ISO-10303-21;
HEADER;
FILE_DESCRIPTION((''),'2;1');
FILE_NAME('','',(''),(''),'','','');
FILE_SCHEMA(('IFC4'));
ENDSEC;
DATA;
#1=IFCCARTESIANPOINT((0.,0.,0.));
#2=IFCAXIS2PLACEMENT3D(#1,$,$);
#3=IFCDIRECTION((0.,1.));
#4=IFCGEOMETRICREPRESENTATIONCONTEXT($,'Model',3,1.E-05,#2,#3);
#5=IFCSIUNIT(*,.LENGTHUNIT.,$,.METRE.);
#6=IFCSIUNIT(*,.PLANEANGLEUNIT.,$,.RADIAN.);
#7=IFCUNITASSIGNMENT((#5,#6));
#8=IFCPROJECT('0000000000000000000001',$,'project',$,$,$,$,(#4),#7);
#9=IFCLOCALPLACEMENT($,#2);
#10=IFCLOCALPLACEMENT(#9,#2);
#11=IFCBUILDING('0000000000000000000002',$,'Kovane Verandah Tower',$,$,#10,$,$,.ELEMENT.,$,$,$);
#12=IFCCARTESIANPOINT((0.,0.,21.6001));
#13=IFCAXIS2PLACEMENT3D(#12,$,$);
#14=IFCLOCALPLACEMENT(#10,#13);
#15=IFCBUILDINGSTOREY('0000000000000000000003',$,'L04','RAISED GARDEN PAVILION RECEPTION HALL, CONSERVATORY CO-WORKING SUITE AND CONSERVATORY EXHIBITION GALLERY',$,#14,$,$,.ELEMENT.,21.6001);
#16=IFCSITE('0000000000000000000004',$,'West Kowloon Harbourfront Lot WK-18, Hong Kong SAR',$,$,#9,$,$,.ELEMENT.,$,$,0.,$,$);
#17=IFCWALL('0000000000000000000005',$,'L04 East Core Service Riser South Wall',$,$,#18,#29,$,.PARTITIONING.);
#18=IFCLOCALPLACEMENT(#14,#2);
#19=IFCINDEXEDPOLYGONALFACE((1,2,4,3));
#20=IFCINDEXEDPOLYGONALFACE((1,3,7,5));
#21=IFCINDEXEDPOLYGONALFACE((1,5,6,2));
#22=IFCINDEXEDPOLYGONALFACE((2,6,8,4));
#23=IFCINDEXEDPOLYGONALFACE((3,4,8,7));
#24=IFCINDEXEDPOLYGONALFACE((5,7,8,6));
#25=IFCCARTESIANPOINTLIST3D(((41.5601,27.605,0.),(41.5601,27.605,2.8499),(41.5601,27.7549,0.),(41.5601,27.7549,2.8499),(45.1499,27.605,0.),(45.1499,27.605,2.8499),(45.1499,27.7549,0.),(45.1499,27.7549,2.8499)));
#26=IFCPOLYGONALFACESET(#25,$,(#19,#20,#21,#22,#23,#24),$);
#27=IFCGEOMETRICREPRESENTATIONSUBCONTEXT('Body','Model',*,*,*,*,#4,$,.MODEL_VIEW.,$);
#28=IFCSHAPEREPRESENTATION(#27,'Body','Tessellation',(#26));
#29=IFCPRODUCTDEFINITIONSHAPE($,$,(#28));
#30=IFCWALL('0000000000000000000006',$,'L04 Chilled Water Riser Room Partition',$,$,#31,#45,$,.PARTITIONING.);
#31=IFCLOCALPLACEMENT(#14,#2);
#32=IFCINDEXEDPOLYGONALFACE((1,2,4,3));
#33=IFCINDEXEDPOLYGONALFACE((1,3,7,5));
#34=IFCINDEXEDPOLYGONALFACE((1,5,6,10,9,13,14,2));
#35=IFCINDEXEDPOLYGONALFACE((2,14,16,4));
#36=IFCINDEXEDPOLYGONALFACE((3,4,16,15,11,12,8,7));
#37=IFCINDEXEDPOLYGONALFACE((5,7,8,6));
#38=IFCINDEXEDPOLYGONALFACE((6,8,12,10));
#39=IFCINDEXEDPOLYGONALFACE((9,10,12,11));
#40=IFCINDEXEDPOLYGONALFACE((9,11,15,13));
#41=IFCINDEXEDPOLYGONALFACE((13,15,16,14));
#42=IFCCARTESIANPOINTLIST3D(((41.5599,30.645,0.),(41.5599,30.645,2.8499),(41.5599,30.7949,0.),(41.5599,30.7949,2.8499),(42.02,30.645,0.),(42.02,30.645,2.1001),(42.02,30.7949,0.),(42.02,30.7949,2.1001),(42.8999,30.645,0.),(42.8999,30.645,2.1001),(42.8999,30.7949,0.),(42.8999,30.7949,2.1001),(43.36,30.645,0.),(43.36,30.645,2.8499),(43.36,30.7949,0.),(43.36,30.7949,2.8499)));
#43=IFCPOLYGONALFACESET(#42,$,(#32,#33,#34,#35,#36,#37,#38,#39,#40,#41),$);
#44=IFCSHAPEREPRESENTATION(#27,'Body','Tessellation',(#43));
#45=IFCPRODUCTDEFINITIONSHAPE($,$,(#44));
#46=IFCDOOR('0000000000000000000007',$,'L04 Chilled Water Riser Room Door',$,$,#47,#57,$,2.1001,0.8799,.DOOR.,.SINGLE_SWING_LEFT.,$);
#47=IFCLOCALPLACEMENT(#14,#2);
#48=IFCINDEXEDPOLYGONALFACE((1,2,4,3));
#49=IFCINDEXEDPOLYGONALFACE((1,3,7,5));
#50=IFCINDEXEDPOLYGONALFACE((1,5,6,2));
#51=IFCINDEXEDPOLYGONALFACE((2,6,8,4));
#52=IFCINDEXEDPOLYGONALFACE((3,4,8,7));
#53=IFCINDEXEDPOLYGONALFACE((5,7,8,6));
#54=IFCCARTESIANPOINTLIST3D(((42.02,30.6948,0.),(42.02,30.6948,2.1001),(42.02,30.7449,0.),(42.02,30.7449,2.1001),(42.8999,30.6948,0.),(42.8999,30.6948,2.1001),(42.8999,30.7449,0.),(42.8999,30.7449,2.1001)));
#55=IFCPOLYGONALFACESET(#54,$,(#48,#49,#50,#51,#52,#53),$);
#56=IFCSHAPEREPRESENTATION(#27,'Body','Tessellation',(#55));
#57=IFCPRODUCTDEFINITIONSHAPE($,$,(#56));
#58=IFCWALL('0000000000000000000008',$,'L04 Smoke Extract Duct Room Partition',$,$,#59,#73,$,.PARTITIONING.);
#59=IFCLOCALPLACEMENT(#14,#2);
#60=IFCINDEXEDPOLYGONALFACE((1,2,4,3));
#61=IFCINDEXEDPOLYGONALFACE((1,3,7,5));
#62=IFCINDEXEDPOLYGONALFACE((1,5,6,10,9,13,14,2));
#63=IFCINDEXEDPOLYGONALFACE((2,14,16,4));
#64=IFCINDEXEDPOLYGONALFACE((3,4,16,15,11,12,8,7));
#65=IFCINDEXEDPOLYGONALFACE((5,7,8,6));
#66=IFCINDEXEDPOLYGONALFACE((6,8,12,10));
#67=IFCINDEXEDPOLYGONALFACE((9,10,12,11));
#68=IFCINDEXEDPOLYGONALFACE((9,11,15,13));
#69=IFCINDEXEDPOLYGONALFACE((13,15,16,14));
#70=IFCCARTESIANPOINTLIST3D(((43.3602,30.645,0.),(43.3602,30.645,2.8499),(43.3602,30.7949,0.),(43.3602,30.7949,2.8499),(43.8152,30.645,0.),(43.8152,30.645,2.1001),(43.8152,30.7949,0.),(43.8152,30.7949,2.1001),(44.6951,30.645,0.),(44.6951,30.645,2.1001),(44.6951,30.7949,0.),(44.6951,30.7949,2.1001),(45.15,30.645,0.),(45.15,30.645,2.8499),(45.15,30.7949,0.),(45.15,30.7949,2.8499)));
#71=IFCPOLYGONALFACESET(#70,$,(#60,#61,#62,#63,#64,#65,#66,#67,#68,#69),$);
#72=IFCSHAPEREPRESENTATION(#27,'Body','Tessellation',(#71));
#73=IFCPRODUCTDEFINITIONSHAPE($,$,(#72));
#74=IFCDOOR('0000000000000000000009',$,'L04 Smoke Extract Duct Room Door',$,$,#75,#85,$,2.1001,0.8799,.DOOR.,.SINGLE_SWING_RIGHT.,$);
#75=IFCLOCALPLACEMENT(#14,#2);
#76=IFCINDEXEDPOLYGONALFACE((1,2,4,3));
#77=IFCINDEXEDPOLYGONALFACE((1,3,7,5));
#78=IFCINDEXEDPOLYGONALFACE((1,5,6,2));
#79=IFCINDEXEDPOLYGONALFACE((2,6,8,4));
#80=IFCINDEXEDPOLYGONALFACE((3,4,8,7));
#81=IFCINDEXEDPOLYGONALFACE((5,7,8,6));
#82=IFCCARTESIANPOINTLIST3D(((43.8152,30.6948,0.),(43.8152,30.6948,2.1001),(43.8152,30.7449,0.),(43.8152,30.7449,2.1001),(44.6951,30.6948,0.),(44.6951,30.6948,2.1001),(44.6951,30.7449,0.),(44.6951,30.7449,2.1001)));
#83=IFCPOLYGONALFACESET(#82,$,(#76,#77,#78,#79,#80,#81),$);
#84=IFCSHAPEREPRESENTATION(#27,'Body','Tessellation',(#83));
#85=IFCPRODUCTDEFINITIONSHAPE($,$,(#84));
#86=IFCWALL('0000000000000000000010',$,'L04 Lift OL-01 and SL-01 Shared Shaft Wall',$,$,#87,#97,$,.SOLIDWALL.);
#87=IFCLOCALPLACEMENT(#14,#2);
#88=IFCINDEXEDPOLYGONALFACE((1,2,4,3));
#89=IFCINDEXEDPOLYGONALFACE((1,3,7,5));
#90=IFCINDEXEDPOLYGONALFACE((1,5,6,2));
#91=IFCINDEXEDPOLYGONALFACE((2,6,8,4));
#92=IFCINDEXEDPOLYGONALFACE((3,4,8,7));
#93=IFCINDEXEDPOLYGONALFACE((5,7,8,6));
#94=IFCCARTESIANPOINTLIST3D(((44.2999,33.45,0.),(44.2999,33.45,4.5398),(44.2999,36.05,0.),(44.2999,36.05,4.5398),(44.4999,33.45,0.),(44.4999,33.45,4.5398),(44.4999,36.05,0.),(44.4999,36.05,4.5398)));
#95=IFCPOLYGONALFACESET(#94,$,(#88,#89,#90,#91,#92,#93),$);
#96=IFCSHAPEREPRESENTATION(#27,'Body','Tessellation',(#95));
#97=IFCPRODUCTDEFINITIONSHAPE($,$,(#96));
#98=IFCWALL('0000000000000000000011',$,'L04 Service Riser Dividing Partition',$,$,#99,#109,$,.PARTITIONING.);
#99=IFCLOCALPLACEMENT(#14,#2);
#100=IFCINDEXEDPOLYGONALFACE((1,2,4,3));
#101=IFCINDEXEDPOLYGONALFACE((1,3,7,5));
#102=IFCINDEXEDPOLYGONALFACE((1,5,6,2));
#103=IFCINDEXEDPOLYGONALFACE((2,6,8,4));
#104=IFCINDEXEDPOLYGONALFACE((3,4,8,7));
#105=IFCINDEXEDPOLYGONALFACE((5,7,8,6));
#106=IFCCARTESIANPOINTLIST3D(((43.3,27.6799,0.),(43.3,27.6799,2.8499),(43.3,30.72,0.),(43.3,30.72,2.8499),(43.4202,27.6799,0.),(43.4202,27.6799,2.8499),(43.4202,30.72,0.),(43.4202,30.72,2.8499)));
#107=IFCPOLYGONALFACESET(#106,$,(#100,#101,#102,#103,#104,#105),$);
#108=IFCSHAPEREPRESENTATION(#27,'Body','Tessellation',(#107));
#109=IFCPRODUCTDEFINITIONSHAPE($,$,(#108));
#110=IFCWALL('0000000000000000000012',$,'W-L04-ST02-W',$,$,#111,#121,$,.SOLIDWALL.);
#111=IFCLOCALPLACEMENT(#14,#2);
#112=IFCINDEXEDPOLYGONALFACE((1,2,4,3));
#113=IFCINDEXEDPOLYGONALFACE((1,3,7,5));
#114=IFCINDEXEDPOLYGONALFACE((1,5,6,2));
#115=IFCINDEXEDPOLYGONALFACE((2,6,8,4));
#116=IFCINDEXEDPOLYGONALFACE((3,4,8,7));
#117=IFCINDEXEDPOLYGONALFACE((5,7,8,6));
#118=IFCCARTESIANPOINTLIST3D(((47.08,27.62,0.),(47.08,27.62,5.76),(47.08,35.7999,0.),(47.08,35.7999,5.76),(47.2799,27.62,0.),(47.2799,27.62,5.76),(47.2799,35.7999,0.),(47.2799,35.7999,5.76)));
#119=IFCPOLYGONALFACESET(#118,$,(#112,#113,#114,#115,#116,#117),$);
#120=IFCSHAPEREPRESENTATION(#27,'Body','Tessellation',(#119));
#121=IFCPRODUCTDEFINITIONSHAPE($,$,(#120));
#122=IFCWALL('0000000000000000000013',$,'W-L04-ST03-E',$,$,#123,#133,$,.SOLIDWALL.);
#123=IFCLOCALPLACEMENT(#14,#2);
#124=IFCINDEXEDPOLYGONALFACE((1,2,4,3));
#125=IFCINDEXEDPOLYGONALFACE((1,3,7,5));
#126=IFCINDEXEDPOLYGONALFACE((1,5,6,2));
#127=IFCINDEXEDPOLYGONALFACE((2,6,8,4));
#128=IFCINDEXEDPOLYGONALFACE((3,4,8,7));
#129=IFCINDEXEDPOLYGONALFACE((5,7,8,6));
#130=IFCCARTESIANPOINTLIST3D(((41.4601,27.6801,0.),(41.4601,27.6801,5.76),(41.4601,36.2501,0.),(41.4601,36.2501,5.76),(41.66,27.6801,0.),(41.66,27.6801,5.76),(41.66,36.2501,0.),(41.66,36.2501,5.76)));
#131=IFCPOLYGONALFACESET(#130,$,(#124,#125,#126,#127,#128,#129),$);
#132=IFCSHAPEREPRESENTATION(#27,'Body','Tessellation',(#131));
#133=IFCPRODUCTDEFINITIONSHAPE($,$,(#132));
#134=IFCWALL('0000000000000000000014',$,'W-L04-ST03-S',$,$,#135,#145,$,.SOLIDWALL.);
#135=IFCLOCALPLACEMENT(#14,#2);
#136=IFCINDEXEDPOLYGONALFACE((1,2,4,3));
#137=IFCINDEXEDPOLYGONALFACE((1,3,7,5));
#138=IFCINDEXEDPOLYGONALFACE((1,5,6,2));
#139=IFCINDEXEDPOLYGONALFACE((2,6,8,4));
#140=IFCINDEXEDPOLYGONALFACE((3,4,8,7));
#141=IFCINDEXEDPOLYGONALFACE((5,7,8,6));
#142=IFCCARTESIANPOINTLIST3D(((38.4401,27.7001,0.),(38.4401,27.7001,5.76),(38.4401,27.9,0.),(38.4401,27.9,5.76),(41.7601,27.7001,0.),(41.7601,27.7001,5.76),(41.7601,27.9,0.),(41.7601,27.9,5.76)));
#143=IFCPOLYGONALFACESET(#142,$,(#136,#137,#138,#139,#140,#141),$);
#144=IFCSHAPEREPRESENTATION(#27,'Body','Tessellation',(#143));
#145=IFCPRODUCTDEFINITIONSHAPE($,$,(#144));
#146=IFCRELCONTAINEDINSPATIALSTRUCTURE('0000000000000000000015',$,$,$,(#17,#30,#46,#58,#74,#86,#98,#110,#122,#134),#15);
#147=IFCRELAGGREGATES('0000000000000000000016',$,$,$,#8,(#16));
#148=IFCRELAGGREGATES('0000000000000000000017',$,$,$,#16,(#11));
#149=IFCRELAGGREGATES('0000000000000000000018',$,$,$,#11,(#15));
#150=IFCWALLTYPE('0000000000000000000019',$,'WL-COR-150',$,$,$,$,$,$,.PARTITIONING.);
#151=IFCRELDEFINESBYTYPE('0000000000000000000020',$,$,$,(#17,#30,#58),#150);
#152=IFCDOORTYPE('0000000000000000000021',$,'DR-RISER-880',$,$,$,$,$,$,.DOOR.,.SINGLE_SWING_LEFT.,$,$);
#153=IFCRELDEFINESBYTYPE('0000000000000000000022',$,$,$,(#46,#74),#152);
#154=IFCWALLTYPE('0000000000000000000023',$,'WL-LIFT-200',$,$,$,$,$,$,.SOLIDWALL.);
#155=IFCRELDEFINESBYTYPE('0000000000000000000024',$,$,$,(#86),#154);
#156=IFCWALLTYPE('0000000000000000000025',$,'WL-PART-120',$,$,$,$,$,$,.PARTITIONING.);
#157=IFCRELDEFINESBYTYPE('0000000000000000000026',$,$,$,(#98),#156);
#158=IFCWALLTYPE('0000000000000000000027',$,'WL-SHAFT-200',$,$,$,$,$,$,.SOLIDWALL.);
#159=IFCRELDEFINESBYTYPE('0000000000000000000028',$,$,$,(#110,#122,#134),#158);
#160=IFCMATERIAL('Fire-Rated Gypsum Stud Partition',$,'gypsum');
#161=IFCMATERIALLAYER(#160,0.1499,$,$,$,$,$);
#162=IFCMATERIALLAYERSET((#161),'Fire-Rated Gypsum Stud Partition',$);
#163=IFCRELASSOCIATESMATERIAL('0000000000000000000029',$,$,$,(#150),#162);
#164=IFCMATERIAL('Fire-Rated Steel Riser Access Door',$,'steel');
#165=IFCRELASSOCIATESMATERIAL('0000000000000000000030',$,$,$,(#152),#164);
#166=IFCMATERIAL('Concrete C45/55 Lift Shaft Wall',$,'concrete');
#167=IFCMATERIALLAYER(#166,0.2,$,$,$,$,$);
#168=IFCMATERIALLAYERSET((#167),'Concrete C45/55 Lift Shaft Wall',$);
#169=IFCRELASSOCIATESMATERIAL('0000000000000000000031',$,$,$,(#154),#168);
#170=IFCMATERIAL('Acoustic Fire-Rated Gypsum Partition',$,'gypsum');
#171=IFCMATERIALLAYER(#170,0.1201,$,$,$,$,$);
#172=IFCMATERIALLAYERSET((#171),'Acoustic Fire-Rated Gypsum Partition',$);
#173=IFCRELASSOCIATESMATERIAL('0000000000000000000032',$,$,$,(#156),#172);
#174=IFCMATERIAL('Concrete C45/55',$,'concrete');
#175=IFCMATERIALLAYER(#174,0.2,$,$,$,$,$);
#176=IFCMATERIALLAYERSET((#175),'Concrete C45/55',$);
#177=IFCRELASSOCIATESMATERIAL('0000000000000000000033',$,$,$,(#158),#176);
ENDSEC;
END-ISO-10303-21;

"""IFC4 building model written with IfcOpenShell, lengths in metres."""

from ifc_helpers import new_model, si_unit, direction, frame, frame_2d, origin, place, context, subcontext, project, spatial, rectangle, extrude, material, layer, layer_set, type_object, element, fill, save


model = new_model("IFC4")

# Units and contexts
model_context = context("Model", 3, precision=1e-05, world=origin(), true_north=direction((0.0, 1.0)))
body_context = subcontext(model_context, "Body", "Model", "MODEL_VIEW")
ifc_project = project(units=[si_unit("LENGTHUNIT", "METRE"), si_unit("PLANEANGLEUNIT", "RADIAN")], contexts=[model_context])

# Site, building, storey
site_placement = place(None, origin())
site = spatial("IfcSite", under=ifc_project, at=site_placement, Name="West Kowloon Harbourfront Lot WK-18, Hong Kong SAR", CompositionType="ELEMENT", RefElevation=0.0)
building_placement = place(site_placement, origin())
building = spatial("IfcBuilding", under=site, at=building_placement, Name="Kovane Verandah Tower", CompositionType="ELEMENT")
storey_placement = place(building_placement, frame((0.0, 0.0, 21.6001)))
storey = spatial("IfcBuildingStorey", under=building, at=storey_placement, Name="L04", Description="RAISED GARDEN PAVILION RECEPTION HALL, CONSERVATORY CO-WORKING SUITE AND CONSERVATORY EXHIBITION GALLERY", CompositionType="ELEMENT", Elevation=21.6001)

# Wall
ifc_material_1 = material(Name="Fire-Rated Gypsum Stud Partition", Category="gypsum")
ifc_layer_1 = layer(ifc_material_1, 0.1499)
ifc_layer_set_1 = layer_set([ifc_layer_1], Name="Fire-Rated Gypsum Stud Partition")
wall_type_1 = type_object("IfcWallType", Name="WL-COR-150", PredefinedType="PARTITIONING", material=ifc_layer_set_1)
wall_1_placement = place(storey_placement, frame((41.5601, 27.6799, 0.0), z_axis=(0.0, 0.0, 1.0), x_axis=(1.0, 0.0, 0.0)))
element("IfcWall", 1, at=wall_1_placement, inside=storey, type_object=wall_type_1, Name="L04 East Core Service Riser South Wall", PredefinedType="PARTITIONING", context=body_context, shape_type="SweptSolid", body=[
    extrude(rectangle(XDim=3.5898, YDim=0.1499, at=frame_2d((1.7949, 0.0))), origin(), (0.0, 0.0, 1.0), 2.8499),
])

# Walls, openings, doors
wall_2_placement = place(storey_placement, frame((41.5601, 30.72, 0.0), z_axis=(0.0, 0.0, 1.0), x_axis=(1.0, 0.0, 0.0)))
wall_2 = element("IfcWall", 2, at=wall_2_placement, inside=storey, type_object=wall_type_1, Name="L04 Chilled Water Riser Room Partition", PredefinedType="PARTITIONING", context=body_context, shape_type="SweptSolid", body=[
    extrude(rectangle(XDim=1.8, YDim=0.1499, at=frame_2d((0.8999, 0.0))), origin(), (0.0, 0.0, 1.0), 2.8499),
])
opening_1_placement = place(wall_2_placement, frame((0.46, 0.0, 0.0)))
opening_1 = element("IfcOpeningElement", 3, at=opening_1_placement, cuts=wall_2, PredefinedType="OPENING", context=body_context, shape_type="SweptSolid", body=[
    extrude(rectangle(XDim=0.8799, YDim=2.1001, at=frame_2d((0.4399, 1.05))), frame((0.0, 0.075, 0.0), z_axis=(0.0, -1.0, 0.0), x_axis=(1.0, 0.0, 0.0)), (0.0, 0.0, 1.0), 0.1499),
])
ifc_material_2 = material(Name="Fire-Rated Steel Riser Access Door", Category="steel")
door_type_1 = type_object("IfcDoorType", Name="DR-RISER-880", OperationType="SINGLE_SWING_LEFT", PredefinedType="DOOR", material=ifc_material_2)
door_1_placement = place(opening_1_placement, origin())
door_1 = element("IfcDoor", 4, at=door_1_placement, inside=storey, type_object=door_type_1, Name="L04 Chilled Water Riser Room Door", OperationType="SINGLE_SWING_LEFT", OverallHeight=2.1001, OverallWidth=0.8799, PredefinedType="DOOR", context=body_context, shape_type="SweptSolid", body=[
    extrude(rectangle(XDim=0.8799, YDim=2.1001, at=frame_2d((0.4399, 1.05))), frame((0.0, 0.0249, 0.0), z_axis=(0.0, -1.0, 0.0), x_axis=(1.0, 0.0, 0.0)), (0.0, 0.0, 1.0), 0.05),
])
fill(opening_1, door_1)
wall_3_placement = place(storey_placement, frame((43.3601, 30.72, 0.0), z_axis=(0.0, 0.0, 1.0), x_axis=(1.0, 0.0, 0.0)))
wall_3 = element("IfcWall", 5, at=wall_3_placement, inside=storey, type_object=wall_type_1, Name="L04 Smoke Extract Duct Room Partition", PredefinedType="PARTITIONING", context=body_context, shape_type="SweptSolid", body=[
    extrude(rectangle(XDim=1.7898, YDim=0.1499, at=frame_2d((0.895, 0.0))), origin(), (0.0, 0.0, 1.0), 2.8499),
])
opening_2_placement = place(wall_3_placement, frame((0.4551, 0.0, 0.0)))
opening_2 = element("IfcOpeningElement", 6, at=opening_2_placement, cuts=wall_3, PredefinedType="OPENING", context=body_context, shape_type="SweptSolid", body=[
    extrude(rectangle(XDim=0.8799, YDim=2.1001, at=frame_2d((0.4399, 1.05))), frame((0.0, 0.075, 0.0), z_axis=(0.0, -1.0, 0.0), x_axis=(1.0, 0.0, 0.0)), (0.0, 0.0, 1.0), 0.1499),
])
door_2_placement = place(opening_2_placement, origin())
door_2 = element("IfcDoor", 7, at=door_2_placement, inside=storey, type_object=door_type_1, Name="L04 Smoke Extract Duct Room Door", OperationType="SINGLE_SWING_RIGHT", OverallHeight=2.1001, OverallWidth=0.8799, PredefinedType="DOOR", context=body_context, shape_type="SweptSolid", body=[
    extrude(rectangle(XDim=0.8799, YDim=2.1001, at=frame_2d((0.4399, 1.05))), frame((0.0, 0.0249, 0.0), z_axis=(0.0, -1.0, 0.0), x_axis=(1.0, 0.0, 0.0)), (0.0, 0.0, 1.0), 0.05),
])
fill(opening_2, door_2)
ifc_material_3 = material(Name="Concrete C45/55 Lift Shaft Wall", Category="concrete")
ifc_layer_2 = layer(ifc_material_3, 0.2)
ifc_layer_set_2 = layer_set([ifc_layer_2], Name="Concrete C45/55 Lift Shaft Wall")
wall_type_2 = type_object("IfcWallType", Name="WL-LIFT-200", PredefinedType="SOLIDWALL", material=ifc_layer_set_2)

# Walls
wall_4_placement = place(storey_placement, frame((44.3999, 33.45, 0.0), z_axis=(0.0, 0.0, 1.0), x_axis=(0.0, 1.0, 0.0)))
element("IfcWall", 8, at=wall_4_placement, inside=storey, type_object=wall_type_2, Name="L04 Lift OL-01 and SL-01 Shared Shaft Wall", PredefinedType="SOLIDWALL", context=body_context, shape_type="SweptSolid", body=[
    extrude(rectangle(XDim=2.6001, YDim=0.2, at=frame_2d((1.3, 0.0))), origin(), (0.0, 0.0, 1.0), 4.5398),
])
ifc_material_4 = material(Name="Acoustic Fire-Rated Gypsum Partition", Category="gypsum")
ifc_layer_3 = layer(ifc_material_4, 0.1201)
ifc_layer_set_3 = layer_set([ifc_layer_3], Name="Acoustic Fire-Rated Gypsum Partition")
wall_type_3 = type_object("IfcWallType", Name="WL-PART-120", PredefinedType="PARTITIONING", material=ifc_layer_set_3)
wall_5_placement = place(storey_placement, frame((43.3601, 27.6799, 0.0), z_axis=(0.0, 0.0, 1.0), x_axis=(0.0, 1.0, 0.0)))
element("IfcWall", 9, at=wall_5_placement, inside=storey, type_object=wall_type_3, Name="L04 Service Riser Dividing Partition", PredefinedType="PARTITIONING", context=body_context, shape_type="SweptSolid", body=[
    extrude(rectangle(XDim=3.04, YDim=0.1201, at=frame_2d((1.52, 0.0))), origin(), (0.0, 0.0, 1.0), 2.8499),
])
ifc_material_5 = material(Name="Concrete C45/55", Category="concrete")
ifc_layer_4 = layer(ifc_material_5, 0.2)
ifc_layer_set_4 = layer_set([ifc_layer_4], Name="Concrete C45/55")
wall_type_4 = type_object("IfcWallType", Name="WL-SHAFT-200", PredefinedType="SOLIDWALL", material=ifc_layer_set_4)
wall_6_placement = place(storey_placement, frame((47.1799, 27.6201, 0.0), z_axis=(0.0, 0.0, 1.0), x_axis=(0.0, 1.0, 0.0)))
element("IfcWall", 10, at=wall_6_placement, inside=storey, type_object=wall_type_4, Name="W-L04-ST02-W", PredefinedType="SOLIDWALL", context=body_context, shape_type="SweptSolid", body=[
    extrude(rectangle(XDim=8.1799, YDim=0.2, at=frame_2d((4.0898, 0.0))), origin(), (0.0, 0.0, 1.0), 5.76),
])

# Walls
wall_7_placement = place(storey_placement, frame((41.5601, 27.6799, 0.0), z_axis=(0.0, 0.0, 1.0), x_axis=(0.0, 1.0, 0.0)))
element("IfcWall", 11, at=wall_7_placement, inside=storey, type_object=wall_type_4, Name="W-L04-ST03-E", PredefinedType="SOLIDWALL", context=body_context, shape_type="SweptSolid", body=[
    extrude(rectangle(XDim=8.5701, YDim=0.2, at=frame_2d((4.2852, 0.0))), origin(), (0.0, 0.0, 1.0), 5.76),
])
wall_8_placement = place(storey_placement, frame((38.4399, 27.8, 0.0), z_axis=(0.0, 0.0, 1.0), x_axis=(1.0, 0.0, 0.0)))
element("IfcWall", 12, at=wall_8_placement, inside=storey, type_object=wall_type_4, Name="W-L04-ST03-S", PredefinedType="SOLIDWALL", context=body_context, shape_type="SweptSolid", body=[
    extrude(rectangle(XDim=3.3201, YDim=0.2, at=frame_2d((1.6602, 0.0))), origin(), (0.0, 0.0, 1.0), 5.76),
])

save(model, "model.ifc")
